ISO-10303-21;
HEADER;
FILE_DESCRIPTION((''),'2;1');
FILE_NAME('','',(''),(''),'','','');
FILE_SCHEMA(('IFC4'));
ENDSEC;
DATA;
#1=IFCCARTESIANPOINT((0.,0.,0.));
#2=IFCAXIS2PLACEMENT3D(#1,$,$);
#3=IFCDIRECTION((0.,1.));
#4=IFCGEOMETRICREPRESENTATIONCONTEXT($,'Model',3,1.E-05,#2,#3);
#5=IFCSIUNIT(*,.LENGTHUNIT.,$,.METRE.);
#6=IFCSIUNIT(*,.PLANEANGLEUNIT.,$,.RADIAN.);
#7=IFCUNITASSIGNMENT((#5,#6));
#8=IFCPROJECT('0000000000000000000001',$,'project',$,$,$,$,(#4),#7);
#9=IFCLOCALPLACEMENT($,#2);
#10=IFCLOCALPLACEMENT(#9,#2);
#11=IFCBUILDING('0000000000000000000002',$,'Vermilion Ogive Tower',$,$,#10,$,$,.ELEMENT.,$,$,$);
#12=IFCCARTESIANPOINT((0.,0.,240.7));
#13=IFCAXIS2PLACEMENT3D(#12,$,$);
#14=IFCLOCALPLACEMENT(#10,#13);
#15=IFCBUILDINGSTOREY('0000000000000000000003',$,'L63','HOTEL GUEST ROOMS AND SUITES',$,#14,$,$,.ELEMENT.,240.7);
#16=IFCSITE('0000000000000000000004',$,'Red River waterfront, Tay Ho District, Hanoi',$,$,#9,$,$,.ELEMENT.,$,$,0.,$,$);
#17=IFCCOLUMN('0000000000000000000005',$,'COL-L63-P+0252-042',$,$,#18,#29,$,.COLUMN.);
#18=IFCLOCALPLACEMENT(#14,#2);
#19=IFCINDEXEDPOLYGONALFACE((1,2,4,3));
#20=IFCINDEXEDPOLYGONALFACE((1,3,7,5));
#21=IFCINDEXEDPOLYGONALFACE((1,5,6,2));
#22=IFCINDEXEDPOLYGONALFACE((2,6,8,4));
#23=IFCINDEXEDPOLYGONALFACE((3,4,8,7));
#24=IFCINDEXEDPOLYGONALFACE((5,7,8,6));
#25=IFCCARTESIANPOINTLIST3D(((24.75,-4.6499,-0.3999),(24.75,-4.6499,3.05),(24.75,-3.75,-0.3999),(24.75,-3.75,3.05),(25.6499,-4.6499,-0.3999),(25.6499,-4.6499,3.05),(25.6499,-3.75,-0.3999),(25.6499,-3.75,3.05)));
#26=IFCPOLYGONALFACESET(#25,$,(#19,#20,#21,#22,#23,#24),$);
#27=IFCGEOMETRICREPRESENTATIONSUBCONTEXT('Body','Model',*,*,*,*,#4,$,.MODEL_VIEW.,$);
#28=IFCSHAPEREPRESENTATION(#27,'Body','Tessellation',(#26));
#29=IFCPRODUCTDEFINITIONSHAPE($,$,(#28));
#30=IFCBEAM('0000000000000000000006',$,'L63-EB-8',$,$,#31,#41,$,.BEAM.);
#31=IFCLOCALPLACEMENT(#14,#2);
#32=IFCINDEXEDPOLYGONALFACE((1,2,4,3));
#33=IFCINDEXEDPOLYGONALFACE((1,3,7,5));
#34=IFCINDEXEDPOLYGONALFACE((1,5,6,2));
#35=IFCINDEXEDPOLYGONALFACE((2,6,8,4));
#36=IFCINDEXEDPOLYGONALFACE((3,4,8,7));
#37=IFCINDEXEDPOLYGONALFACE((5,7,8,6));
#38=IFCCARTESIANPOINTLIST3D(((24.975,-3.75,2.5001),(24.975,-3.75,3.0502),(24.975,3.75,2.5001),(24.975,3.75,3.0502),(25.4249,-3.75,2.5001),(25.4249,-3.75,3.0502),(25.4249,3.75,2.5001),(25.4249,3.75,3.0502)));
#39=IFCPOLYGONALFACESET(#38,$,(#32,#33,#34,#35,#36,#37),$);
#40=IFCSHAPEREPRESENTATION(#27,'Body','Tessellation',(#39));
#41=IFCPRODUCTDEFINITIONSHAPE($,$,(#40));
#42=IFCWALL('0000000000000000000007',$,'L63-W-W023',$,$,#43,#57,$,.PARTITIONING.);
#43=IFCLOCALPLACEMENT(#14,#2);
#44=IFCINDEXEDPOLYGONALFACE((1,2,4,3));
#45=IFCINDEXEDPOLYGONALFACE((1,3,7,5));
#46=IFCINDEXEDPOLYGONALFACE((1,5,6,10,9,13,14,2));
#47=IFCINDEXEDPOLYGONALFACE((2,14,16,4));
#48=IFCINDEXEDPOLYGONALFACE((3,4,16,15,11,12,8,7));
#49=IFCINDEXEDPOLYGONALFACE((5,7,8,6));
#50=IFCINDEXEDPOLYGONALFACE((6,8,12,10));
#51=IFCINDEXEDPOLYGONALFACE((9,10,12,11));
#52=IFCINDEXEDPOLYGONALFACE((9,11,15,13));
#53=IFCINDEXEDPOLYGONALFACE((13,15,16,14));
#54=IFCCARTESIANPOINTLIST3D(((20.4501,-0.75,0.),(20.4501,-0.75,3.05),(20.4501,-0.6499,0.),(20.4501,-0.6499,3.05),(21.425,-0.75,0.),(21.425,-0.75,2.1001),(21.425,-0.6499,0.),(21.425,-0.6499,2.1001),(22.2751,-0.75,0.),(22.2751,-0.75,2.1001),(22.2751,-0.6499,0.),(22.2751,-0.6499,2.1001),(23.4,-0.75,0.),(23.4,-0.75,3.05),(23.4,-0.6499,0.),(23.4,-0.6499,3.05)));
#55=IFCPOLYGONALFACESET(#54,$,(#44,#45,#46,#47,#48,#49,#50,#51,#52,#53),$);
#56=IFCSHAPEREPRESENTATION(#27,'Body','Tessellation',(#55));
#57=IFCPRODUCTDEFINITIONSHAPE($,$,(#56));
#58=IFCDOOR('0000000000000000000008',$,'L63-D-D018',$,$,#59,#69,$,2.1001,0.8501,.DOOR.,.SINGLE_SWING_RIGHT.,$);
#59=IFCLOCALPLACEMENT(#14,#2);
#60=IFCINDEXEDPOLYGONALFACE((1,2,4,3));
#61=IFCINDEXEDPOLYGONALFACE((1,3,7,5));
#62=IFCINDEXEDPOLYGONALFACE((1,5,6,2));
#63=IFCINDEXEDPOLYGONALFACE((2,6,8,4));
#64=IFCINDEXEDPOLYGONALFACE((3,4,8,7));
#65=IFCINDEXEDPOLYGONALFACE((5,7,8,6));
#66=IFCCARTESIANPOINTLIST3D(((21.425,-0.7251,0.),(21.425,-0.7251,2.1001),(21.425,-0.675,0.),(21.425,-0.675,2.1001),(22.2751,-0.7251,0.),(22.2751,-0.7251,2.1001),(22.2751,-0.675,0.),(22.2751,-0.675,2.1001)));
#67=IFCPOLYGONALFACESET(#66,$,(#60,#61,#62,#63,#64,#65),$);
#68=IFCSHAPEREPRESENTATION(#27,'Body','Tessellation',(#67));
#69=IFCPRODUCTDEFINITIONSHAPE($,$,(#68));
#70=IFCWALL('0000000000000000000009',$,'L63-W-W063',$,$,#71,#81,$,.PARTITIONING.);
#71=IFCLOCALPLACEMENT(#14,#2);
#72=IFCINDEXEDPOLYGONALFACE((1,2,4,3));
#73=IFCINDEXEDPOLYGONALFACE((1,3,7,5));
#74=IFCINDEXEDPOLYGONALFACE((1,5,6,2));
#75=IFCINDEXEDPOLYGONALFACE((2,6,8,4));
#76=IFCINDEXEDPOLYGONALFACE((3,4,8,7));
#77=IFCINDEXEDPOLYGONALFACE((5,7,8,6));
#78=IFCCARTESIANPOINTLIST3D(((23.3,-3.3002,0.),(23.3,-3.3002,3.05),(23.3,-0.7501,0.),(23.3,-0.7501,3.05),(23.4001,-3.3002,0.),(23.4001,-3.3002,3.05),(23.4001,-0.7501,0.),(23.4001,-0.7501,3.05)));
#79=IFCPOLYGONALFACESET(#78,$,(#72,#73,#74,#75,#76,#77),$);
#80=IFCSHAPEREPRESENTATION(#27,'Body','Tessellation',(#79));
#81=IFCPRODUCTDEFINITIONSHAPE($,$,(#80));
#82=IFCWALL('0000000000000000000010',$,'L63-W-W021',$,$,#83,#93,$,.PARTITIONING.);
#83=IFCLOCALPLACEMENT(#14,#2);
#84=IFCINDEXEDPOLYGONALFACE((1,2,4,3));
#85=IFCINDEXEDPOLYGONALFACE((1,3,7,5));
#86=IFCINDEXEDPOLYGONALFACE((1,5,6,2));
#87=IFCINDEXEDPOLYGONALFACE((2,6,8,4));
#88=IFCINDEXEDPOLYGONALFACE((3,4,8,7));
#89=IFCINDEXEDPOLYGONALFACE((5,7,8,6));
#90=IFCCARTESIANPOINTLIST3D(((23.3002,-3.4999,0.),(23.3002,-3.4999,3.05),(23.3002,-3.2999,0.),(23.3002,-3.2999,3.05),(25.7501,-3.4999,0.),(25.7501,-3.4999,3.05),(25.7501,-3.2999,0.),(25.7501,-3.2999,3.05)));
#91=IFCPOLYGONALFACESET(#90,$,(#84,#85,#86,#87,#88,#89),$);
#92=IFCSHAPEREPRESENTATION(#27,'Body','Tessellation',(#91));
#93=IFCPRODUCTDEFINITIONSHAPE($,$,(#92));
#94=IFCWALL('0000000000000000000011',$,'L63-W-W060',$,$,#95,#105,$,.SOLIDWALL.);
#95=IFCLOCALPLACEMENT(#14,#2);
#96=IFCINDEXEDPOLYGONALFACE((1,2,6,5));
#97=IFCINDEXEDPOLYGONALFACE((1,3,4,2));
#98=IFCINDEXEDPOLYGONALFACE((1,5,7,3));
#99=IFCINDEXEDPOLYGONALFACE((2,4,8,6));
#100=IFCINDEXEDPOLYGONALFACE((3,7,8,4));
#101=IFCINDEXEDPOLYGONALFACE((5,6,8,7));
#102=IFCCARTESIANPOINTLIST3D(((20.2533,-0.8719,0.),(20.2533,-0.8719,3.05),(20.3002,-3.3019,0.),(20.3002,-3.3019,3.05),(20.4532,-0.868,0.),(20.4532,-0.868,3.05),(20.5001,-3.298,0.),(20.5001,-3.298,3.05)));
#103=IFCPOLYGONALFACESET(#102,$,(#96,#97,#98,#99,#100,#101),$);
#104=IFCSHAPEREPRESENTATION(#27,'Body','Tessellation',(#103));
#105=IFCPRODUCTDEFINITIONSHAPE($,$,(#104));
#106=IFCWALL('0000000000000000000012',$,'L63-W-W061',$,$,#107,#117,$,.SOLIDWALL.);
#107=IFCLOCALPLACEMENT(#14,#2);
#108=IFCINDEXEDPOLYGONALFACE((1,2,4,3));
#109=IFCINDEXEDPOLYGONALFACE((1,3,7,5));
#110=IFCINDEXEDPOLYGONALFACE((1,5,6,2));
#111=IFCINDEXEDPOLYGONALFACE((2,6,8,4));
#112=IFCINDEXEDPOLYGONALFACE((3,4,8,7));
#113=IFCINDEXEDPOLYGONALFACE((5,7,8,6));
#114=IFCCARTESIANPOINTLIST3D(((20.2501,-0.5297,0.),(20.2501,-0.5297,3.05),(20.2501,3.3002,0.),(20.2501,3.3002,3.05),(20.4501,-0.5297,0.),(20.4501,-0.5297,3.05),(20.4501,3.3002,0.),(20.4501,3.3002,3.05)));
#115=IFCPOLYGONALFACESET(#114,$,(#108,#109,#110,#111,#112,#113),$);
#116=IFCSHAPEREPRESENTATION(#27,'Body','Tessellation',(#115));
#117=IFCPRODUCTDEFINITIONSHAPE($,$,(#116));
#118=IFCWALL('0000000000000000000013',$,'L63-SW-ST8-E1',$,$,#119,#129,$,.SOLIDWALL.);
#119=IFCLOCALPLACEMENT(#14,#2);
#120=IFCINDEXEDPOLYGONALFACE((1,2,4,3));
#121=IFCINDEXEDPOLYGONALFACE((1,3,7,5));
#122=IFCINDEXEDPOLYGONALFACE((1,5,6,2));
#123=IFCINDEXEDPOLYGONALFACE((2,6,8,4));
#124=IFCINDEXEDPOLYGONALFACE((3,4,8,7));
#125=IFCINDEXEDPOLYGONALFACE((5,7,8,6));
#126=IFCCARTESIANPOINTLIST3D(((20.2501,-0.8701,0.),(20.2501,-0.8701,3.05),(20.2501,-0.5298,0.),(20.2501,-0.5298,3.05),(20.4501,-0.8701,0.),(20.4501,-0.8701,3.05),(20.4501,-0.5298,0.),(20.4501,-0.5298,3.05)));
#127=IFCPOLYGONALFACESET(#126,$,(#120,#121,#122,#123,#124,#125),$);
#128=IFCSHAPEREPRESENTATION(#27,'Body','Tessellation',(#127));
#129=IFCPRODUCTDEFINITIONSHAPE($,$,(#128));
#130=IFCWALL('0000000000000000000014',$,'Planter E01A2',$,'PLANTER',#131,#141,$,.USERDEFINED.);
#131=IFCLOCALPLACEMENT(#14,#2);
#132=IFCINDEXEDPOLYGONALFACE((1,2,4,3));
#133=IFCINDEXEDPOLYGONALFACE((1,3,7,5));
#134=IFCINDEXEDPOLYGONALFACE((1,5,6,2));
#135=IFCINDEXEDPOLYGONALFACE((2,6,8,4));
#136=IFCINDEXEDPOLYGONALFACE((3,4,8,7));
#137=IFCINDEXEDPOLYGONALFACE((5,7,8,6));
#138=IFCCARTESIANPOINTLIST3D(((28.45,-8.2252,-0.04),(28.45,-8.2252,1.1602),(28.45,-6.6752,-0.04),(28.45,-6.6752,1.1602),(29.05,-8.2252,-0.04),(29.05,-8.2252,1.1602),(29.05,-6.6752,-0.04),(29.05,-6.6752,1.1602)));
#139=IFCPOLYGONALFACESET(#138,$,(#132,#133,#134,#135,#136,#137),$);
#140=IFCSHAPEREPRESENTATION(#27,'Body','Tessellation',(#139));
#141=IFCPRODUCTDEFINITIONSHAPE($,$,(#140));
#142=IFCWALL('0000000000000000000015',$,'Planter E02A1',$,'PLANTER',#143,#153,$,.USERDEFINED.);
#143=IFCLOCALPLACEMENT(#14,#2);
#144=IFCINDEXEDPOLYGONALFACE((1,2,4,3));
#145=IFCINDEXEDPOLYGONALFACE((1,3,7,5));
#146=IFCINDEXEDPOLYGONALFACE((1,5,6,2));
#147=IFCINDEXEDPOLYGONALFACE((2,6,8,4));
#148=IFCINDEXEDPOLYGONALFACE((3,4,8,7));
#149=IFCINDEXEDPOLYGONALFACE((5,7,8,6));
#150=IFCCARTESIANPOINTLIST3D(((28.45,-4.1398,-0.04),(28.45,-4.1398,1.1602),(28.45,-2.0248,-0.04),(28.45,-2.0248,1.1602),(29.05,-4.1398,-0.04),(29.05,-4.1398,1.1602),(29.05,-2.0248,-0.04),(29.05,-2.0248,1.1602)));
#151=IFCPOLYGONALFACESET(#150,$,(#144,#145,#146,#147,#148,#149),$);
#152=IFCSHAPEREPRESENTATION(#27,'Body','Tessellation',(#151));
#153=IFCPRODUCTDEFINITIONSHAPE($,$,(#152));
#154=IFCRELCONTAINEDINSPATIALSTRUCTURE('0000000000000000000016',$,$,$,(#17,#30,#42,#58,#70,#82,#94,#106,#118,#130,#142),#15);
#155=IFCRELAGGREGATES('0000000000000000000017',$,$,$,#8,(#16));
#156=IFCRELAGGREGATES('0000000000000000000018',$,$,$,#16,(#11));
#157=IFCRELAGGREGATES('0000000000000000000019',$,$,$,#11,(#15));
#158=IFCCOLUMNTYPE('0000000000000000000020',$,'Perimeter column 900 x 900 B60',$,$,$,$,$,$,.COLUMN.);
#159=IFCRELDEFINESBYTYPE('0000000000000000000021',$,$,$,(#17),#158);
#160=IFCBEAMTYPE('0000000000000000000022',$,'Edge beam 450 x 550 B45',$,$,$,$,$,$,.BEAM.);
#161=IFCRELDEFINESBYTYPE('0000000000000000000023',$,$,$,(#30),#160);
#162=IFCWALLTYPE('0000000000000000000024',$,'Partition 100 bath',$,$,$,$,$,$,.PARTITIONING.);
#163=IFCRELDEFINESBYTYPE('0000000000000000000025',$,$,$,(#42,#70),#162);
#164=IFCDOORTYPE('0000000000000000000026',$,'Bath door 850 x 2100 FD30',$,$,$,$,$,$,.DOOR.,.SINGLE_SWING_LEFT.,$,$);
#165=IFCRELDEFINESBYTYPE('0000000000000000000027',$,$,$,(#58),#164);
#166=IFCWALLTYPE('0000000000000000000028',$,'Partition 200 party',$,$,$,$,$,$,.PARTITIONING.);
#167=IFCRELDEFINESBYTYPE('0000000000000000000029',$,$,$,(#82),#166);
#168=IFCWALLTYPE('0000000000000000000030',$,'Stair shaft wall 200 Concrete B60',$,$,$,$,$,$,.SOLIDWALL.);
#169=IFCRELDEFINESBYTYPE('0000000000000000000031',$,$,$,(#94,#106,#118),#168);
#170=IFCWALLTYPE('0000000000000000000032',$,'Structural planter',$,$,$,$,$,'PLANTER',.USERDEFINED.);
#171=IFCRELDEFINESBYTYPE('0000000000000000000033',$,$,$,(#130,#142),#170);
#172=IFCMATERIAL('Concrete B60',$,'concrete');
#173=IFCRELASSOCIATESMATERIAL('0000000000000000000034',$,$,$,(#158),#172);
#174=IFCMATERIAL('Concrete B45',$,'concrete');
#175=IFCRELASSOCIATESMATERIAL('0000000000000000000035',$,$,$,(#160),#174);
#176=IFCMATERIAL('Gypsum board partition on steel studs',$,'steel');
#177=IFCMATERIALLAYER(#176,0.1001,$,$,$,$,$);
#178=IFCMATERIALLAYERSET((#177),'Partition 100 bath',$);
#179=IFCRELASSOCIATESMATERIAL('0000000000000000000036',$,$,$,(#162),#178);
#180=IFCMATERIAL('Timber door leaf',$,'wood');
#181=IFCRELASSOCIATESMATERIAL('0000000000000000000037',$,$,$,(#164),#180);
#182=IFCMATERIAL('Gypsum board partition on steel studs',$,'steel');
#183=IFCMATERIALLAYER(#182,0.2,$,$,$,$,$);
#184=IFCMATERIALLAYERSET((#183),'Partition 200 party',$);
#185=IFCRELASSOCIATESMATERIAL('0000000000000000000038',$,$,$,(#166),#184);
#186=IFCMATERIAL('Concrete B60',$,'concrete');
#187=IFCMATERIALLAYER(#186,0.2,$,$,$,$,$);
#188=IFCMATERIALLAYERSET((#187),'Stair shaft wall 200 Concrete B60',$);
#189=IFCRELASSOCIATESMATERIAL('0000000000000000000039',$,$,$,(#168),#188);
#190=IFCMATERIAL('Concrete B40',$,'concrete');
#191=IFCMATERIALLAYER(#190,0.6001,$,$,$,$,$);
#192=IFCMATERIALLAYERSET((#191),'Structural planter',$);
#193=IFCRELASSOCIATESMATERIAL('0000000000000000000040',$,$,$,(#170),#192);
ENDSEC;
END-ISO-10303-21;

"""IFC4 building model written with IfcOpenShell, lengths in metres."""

from ifc_helpers import new_model, si_unit, direction, frame, frame_2d, origin, origin_2d, place, context, subcontext, project, spatial, rectangle, extrude, material, layer, layer_set, material_profile, profile_set, type_object, element, fill, save


model = new_model("IFC4")

# Units and contexts
model_context = context("Model", 3, precision=1e-05, world=origin(), true_north=direction((0.0, 1.0)))
body_context = subcontext(model_context, "Body", "Model", "MODEL_VIEW")
ifc_project = project(units=[si_unit("LENGTHUNIT", "METRE"), si_unit("PLANEANGLEUNIT", "RADIAN")], contexts=[model_context])

# Site, building, storey
site_placement = place(None, origin())
site = spatial("IfcSite", under=ifc_project, at=site_placement, Name="Red River waterfront, Tay Ho District, Hanoi", CompositionType="ELEMENT", RefElevation=0.0)
building_placement = place(site_placement, origin())
building = spatial("IfcBuilding", under=site, at=building_placement, Name="Vermilion Ogive Tower", CompositionType="ELEMENT")
storey_placement = place(building_placement, frame((0.0, 0.0, 240.7)))
storey = spatial("IfcBuildingStorey", under=building, at=storey_placement, Name="L63", Description="HOTEL GUEST ROOMS AND SUITES", CompositionType="ELEMENT", Elevation=240.7)

# Column
ifc_material_1 = material(Name="Concrete B60", Category="concrete")
ifc_material_profile_1 = material_profile(ifc_material_1, rectangle(XDim=0.8999, YDim=0.8999, at=origin_2d()), Name="900 x 900")
ifc_profile_set_1 = profile_set([ifc_material_profile_1], Name="Concrete B60")
column_type = type_object("IfcColumnType", Name="Perimeter column 900 x 900 B60", PredefinedType="COLUMN", material=ifc_profile_set_1)
column_placement = place(storey_placement, frame((25.2, -4.2, -0.3999), z_axis=(0.0, 0.0, 1.0), x_axis=(1.0, 0.0, 0.0)))
element("IfcColumn", 1, at=column_placement, inside=storey, type_object=column_type, Name="COL-L63-P+0252-042", PredefinedType="COLUMN", context=body_context, shape_type="SweptSolid", body=[
    extrude(rectangle(XDim=0.8999, YDim=0.8999, at=origin_2d()), origin(), (0.0, 0.0, 1.0), 3.45),
])

# Beam
ifc_material_2 = material(Name="Concrete B45", Category="concrete")
ifc_material_profile_2 = material_profile(ifc_material_2, rectangle(XDim=0.45, YDim=0.55, at=origin_2d()), Name="450 x 550")
ifc_profile_set_2 = profile_set([ifc_material_profile_2], Name="Concrete B45")
beam_type = type_object("IfcBeamType", Name="Edge beam 450 x 550 B45", PredefinedType="BEAM", material=ifc_profile_set_2)
beam_placement = place(storey_placement, frame((25.2, -3.75, 2.7751), z_axis=(0.0, 1.0, 0.0), x_axis=(-1.0, 0.0, 0.0)))
element("IfcBeam", 2, at=beam_placement, inside=storey, type_object=beam_type, Name="L63-EB-8", PredefinedType="BEAM", context=body_context, shape_type="SweptSolid", body=[
    extrude(rectangle(XDim=0.45, YDim=0.55, at=origin_2d()), origin(), (0.0, 0.0, 1.0), 7.5),
])

# Wall, opening, door
ifc_material_3 = material(Name="Gypsum board partition on steel studs", Category="steel")
ifc_layer_1 = layer(ifc_material_3, 0.1001)
ifc_layer_set_1 = layer_set([ifc_layer_1], Name="Partition 100 bath")
wall_type_1 = type_object("IfcWallType", Name="Partition 100 bath", PredefinedType="PARTITIONING", material=ifc_layer_set_1)
wall_1_placement = place(storey_placement, frame((20.45, -0.7, 0.0), z_axis=(0.0, 0.0, 1.0), x_axis=(1.0, 0.0, 0.0)))
wall_1 = element("IfcWall", 3, at=wall_1_placement, inside=storey, type_object=wall_type_1, Name="L63-W-W023", PredefinedType="PARTITIONING", context=body_context, shape_type="SweptSolid", body=[
    extrude(rectangle(XDim=2.95, YDim=0.1001, at=frame_2d((1.4751, 0.0))), origin(), (0.0, 0.0, 1.0), 3.05),
])
opening_1_placement = place(wall_1_placement, frame((0.9751, 0.0, 0.0)))
opening_1 = element("IfcOpeningElement", 4, at=opening_1_placement, cuts=wall_1, PredefinedType="OPENING", context=body_context, shape_type="SweptSolid", body=[
    extrude(rectangle(XDim=0.8501, YDim=2.1001, at=frame_2d((0.425, 1.05))), frame((0.0, 0.0601, 0.0), z_axis=(0.0, -1.0, 0.0), x_axis=(1.0, 0.0, 0.0)), (0.0, 0.0, 1.0), 0.1201),
])
ifc_material_4 = material(Name="Timber door leaf", Category="wood")
door_type_1 = type_object("IfcDoorType", Name="Bath door 850 x 2100 FD30", OperationType="SINGLE_SWING_LEFT", PredefinedType="DOOR", material=ifc_material_4)
door_1_placement = place(opening_1_placement, origin())
door_1 = element("IfcDoor", 5, at=door_1_placement, inside=storey, type_object=door_type_1, Name="L63-D-D018", OperationType="SINGLE_SWING_RIGHT", OverallHeight=2.1001, OverallWidth=0.8501, PredefinedType="DOOR", context=body_context, shape_type="SweptSolid", body=[
    extrude(rectangle(XDim=0.8501, YDim=2.1001, at=frame_2d((0.425, 1.05))), frame((0.0, 0.0249, 0.0), z_axis=(0.0, -1.0, 0.0), x_axis=(1.0, 0.0, 0.0)), (0.0, 0.0, 1.0), 0.05),
])
fill(opening_1, door_1)

# Walls
wall_2_placement = place(storey_placement, frame((23.3501, -3.3, 0.0), z_axis=(0.0, 0.0, 1.0), x_axis=(0.0, 1.0, 0.0)))
element("IfcWall", 6, at=wall_2_placement, inside=storey, type_object=wall_type_1, Name="L63-W-W063", PredefinedType="PARTITIONING", context=body_context, shape_type="SweptSolid", body=[
    extrude(rectangle(XDim=2.55, YDim=0.1001, at=frame_2d((1.2749, 0.0))), origin(), (0.0, 0.0, 1.0), 3.05),
])
ifc_material_5 = material(Name="Gypsum board partition on steel studs", Category="steel")
ifc_layer_2 = layer(ifc_material_5, 0.2)
ifc_layer_set_2 = layer_set([ifc_layer_2], Name="Partition 200 party")
wall_type_2 = type_object("IfcWallType", Name="Partition 200 party", PredefinedType="PARTITIONING", material=ifc_layer_set_2)
wall_3_placement = place(storey_placement, frame((23.3, -3.3999, 0.0), z_axis=(0.0, 0.0, 1.0), x_axis=(1.0, 0.0, 0.0)))
element("IfcWall", 7, at=wall_3_placement, inside=storey, type_object=wall_type_2, Name="L63-W-W021", PredefinedType="PARTITIONING", context=body_context, shape_type="SweptSolid", body=[
    extrude(rectangle(XDim=2.45, YDim=0.2, at=frame_2d((1.2251, 0.0))), origin(), (0.0, 0.0, 1.0), 3.05),
])
ifc_material_6 = material(Name="Concrete B60", Category="concrete")
ifc_layer_3 = layer(ifc_material_6, 0.2)
ifc_layer_set_3 = layer_set([ifc_layer_3], Name="Stair shaft wall 200 Concrete B60")
wall_type_3 = type_object("IfcWallType", Name="Stair shaft wall 200 Concrete B60", PredefinedType="SOLIDWALL", material=ifc_layer_set_3)
wall_4_placement = place(storey_placement, frame((20.4001, -3.3, 0.0), z_axis=(0.0, 0.0, 1.0), x_axis=(-0.019287, 0.999814, 0.0)))
element("IfcWall", 8, at=wall_4_placement, inside=storey, type_object=wall_type_3, Name="L63-W-W060", PredefinedType="SOLIDWALL", context=body_context, shape_type="SweptSolid", body=[
    extrude(rectangle(XDim=2.4304, YDim=0.2, at=frame_2d((1.2153, 0.0))), origin(), (0.0, 0.0, 1.0), 3.05),
])
wall_5_placement = place(storey_placement, frame((20.3501, -0.5298, 0.0), z_axis=(0.0, 0.0, 1.0), x_axis=(0.0, 1.0, 0.0)))
element("IfcWall", 9, at=wall_5_placement, inside=storey, type_object=wall_type_3, Name="L63-W-W061", PredefinedType="SOLIDWALL", context=body_context, shape_type="SweptSolid", body=[
    extrude(rectangle(XDim=3.8298, YDim=0.2, at=frame_2d((1.915, 0.0))), origin(), (0.0, 0.0, 1.0), 3.05),
])
wall_6_placement = place(storey_placement, frame((20.3501, -0.8701, 0.0), z_axis=(0.0, 0.0, 1.0), x_axis=(0.0, 1.0, 0.0)))
element("IfcWall", 10, at=wall_6_placement, inside=storey, type_object=wall_type_3, Name="L63-SW-ST8-E1", PredefinedType="SOLIDWALL", context=body_context, shape_type="SweptSolid", body=[
    extrude(rectangle(XDim=0.3403, YDim=0.2, at=frame_2d((0.1702, 0.0))), origin(), (0.0, 0.0, 1.0), 3.05),
])
ifc_material_7 = material(Name="Concrete B40", Category="concrete")
ifc_layer_4 = layer(ifc_material_7, 0.6001)
ifc_layer_set_4 = layer_set([ifc_layer_4], Name="Structural planter")
wall_type_4 = type_object("IfcWallType", Name="Structural planter", ElementType="PLANTER", PredefinedType="USERDEFINED", material=ifc_layer_set_4)
wall_7_placement = place(storey_placement, frame((28.75, -8.2251, -0.04), z_axis=(0.0, 0.0, 1.0), x_axis=(0.0, 1.0, 0.0)))
element("IfcWall", 11, at=wall_7_placement, inside=storey, type_object=wall_type_4, Name="Planter E01A2", ObjectType="PLANTER", PredefinedType="USERDEFINED", context=body_context, shape_type="SweptSolid", body=[
    extrude(rectangle(XDim=1.55, YDim=0.6001, at=frame_2d((0.7749, 0.0))), origin(), (0.0, 0.0, 1.0), 1.2002),
])
wall_8_placement = place(storey_placement, frame((28.75, -4.1399, -0.04), z_axis=(0.0, 0.0, 1.0), x_axis=(0.0, 1.0, 0.0)))
element("IfcWall", 12, at=wall_8_placement, inside=storey, type_object=wall_type_4, Name="Planter E02A1", ObjectType="PLANTER", PredefinedType="USERDEFINED", context=body_context, shape_type="SweptSolid", body=[
    extrude(rectangle(XDim=2.115, YDim=0.6001, at=frame_2d((1.0576, 0.0))), origin(), (0.0, 0.0, 1.0), 1.2002),
])

save(model, "model.ifc")
